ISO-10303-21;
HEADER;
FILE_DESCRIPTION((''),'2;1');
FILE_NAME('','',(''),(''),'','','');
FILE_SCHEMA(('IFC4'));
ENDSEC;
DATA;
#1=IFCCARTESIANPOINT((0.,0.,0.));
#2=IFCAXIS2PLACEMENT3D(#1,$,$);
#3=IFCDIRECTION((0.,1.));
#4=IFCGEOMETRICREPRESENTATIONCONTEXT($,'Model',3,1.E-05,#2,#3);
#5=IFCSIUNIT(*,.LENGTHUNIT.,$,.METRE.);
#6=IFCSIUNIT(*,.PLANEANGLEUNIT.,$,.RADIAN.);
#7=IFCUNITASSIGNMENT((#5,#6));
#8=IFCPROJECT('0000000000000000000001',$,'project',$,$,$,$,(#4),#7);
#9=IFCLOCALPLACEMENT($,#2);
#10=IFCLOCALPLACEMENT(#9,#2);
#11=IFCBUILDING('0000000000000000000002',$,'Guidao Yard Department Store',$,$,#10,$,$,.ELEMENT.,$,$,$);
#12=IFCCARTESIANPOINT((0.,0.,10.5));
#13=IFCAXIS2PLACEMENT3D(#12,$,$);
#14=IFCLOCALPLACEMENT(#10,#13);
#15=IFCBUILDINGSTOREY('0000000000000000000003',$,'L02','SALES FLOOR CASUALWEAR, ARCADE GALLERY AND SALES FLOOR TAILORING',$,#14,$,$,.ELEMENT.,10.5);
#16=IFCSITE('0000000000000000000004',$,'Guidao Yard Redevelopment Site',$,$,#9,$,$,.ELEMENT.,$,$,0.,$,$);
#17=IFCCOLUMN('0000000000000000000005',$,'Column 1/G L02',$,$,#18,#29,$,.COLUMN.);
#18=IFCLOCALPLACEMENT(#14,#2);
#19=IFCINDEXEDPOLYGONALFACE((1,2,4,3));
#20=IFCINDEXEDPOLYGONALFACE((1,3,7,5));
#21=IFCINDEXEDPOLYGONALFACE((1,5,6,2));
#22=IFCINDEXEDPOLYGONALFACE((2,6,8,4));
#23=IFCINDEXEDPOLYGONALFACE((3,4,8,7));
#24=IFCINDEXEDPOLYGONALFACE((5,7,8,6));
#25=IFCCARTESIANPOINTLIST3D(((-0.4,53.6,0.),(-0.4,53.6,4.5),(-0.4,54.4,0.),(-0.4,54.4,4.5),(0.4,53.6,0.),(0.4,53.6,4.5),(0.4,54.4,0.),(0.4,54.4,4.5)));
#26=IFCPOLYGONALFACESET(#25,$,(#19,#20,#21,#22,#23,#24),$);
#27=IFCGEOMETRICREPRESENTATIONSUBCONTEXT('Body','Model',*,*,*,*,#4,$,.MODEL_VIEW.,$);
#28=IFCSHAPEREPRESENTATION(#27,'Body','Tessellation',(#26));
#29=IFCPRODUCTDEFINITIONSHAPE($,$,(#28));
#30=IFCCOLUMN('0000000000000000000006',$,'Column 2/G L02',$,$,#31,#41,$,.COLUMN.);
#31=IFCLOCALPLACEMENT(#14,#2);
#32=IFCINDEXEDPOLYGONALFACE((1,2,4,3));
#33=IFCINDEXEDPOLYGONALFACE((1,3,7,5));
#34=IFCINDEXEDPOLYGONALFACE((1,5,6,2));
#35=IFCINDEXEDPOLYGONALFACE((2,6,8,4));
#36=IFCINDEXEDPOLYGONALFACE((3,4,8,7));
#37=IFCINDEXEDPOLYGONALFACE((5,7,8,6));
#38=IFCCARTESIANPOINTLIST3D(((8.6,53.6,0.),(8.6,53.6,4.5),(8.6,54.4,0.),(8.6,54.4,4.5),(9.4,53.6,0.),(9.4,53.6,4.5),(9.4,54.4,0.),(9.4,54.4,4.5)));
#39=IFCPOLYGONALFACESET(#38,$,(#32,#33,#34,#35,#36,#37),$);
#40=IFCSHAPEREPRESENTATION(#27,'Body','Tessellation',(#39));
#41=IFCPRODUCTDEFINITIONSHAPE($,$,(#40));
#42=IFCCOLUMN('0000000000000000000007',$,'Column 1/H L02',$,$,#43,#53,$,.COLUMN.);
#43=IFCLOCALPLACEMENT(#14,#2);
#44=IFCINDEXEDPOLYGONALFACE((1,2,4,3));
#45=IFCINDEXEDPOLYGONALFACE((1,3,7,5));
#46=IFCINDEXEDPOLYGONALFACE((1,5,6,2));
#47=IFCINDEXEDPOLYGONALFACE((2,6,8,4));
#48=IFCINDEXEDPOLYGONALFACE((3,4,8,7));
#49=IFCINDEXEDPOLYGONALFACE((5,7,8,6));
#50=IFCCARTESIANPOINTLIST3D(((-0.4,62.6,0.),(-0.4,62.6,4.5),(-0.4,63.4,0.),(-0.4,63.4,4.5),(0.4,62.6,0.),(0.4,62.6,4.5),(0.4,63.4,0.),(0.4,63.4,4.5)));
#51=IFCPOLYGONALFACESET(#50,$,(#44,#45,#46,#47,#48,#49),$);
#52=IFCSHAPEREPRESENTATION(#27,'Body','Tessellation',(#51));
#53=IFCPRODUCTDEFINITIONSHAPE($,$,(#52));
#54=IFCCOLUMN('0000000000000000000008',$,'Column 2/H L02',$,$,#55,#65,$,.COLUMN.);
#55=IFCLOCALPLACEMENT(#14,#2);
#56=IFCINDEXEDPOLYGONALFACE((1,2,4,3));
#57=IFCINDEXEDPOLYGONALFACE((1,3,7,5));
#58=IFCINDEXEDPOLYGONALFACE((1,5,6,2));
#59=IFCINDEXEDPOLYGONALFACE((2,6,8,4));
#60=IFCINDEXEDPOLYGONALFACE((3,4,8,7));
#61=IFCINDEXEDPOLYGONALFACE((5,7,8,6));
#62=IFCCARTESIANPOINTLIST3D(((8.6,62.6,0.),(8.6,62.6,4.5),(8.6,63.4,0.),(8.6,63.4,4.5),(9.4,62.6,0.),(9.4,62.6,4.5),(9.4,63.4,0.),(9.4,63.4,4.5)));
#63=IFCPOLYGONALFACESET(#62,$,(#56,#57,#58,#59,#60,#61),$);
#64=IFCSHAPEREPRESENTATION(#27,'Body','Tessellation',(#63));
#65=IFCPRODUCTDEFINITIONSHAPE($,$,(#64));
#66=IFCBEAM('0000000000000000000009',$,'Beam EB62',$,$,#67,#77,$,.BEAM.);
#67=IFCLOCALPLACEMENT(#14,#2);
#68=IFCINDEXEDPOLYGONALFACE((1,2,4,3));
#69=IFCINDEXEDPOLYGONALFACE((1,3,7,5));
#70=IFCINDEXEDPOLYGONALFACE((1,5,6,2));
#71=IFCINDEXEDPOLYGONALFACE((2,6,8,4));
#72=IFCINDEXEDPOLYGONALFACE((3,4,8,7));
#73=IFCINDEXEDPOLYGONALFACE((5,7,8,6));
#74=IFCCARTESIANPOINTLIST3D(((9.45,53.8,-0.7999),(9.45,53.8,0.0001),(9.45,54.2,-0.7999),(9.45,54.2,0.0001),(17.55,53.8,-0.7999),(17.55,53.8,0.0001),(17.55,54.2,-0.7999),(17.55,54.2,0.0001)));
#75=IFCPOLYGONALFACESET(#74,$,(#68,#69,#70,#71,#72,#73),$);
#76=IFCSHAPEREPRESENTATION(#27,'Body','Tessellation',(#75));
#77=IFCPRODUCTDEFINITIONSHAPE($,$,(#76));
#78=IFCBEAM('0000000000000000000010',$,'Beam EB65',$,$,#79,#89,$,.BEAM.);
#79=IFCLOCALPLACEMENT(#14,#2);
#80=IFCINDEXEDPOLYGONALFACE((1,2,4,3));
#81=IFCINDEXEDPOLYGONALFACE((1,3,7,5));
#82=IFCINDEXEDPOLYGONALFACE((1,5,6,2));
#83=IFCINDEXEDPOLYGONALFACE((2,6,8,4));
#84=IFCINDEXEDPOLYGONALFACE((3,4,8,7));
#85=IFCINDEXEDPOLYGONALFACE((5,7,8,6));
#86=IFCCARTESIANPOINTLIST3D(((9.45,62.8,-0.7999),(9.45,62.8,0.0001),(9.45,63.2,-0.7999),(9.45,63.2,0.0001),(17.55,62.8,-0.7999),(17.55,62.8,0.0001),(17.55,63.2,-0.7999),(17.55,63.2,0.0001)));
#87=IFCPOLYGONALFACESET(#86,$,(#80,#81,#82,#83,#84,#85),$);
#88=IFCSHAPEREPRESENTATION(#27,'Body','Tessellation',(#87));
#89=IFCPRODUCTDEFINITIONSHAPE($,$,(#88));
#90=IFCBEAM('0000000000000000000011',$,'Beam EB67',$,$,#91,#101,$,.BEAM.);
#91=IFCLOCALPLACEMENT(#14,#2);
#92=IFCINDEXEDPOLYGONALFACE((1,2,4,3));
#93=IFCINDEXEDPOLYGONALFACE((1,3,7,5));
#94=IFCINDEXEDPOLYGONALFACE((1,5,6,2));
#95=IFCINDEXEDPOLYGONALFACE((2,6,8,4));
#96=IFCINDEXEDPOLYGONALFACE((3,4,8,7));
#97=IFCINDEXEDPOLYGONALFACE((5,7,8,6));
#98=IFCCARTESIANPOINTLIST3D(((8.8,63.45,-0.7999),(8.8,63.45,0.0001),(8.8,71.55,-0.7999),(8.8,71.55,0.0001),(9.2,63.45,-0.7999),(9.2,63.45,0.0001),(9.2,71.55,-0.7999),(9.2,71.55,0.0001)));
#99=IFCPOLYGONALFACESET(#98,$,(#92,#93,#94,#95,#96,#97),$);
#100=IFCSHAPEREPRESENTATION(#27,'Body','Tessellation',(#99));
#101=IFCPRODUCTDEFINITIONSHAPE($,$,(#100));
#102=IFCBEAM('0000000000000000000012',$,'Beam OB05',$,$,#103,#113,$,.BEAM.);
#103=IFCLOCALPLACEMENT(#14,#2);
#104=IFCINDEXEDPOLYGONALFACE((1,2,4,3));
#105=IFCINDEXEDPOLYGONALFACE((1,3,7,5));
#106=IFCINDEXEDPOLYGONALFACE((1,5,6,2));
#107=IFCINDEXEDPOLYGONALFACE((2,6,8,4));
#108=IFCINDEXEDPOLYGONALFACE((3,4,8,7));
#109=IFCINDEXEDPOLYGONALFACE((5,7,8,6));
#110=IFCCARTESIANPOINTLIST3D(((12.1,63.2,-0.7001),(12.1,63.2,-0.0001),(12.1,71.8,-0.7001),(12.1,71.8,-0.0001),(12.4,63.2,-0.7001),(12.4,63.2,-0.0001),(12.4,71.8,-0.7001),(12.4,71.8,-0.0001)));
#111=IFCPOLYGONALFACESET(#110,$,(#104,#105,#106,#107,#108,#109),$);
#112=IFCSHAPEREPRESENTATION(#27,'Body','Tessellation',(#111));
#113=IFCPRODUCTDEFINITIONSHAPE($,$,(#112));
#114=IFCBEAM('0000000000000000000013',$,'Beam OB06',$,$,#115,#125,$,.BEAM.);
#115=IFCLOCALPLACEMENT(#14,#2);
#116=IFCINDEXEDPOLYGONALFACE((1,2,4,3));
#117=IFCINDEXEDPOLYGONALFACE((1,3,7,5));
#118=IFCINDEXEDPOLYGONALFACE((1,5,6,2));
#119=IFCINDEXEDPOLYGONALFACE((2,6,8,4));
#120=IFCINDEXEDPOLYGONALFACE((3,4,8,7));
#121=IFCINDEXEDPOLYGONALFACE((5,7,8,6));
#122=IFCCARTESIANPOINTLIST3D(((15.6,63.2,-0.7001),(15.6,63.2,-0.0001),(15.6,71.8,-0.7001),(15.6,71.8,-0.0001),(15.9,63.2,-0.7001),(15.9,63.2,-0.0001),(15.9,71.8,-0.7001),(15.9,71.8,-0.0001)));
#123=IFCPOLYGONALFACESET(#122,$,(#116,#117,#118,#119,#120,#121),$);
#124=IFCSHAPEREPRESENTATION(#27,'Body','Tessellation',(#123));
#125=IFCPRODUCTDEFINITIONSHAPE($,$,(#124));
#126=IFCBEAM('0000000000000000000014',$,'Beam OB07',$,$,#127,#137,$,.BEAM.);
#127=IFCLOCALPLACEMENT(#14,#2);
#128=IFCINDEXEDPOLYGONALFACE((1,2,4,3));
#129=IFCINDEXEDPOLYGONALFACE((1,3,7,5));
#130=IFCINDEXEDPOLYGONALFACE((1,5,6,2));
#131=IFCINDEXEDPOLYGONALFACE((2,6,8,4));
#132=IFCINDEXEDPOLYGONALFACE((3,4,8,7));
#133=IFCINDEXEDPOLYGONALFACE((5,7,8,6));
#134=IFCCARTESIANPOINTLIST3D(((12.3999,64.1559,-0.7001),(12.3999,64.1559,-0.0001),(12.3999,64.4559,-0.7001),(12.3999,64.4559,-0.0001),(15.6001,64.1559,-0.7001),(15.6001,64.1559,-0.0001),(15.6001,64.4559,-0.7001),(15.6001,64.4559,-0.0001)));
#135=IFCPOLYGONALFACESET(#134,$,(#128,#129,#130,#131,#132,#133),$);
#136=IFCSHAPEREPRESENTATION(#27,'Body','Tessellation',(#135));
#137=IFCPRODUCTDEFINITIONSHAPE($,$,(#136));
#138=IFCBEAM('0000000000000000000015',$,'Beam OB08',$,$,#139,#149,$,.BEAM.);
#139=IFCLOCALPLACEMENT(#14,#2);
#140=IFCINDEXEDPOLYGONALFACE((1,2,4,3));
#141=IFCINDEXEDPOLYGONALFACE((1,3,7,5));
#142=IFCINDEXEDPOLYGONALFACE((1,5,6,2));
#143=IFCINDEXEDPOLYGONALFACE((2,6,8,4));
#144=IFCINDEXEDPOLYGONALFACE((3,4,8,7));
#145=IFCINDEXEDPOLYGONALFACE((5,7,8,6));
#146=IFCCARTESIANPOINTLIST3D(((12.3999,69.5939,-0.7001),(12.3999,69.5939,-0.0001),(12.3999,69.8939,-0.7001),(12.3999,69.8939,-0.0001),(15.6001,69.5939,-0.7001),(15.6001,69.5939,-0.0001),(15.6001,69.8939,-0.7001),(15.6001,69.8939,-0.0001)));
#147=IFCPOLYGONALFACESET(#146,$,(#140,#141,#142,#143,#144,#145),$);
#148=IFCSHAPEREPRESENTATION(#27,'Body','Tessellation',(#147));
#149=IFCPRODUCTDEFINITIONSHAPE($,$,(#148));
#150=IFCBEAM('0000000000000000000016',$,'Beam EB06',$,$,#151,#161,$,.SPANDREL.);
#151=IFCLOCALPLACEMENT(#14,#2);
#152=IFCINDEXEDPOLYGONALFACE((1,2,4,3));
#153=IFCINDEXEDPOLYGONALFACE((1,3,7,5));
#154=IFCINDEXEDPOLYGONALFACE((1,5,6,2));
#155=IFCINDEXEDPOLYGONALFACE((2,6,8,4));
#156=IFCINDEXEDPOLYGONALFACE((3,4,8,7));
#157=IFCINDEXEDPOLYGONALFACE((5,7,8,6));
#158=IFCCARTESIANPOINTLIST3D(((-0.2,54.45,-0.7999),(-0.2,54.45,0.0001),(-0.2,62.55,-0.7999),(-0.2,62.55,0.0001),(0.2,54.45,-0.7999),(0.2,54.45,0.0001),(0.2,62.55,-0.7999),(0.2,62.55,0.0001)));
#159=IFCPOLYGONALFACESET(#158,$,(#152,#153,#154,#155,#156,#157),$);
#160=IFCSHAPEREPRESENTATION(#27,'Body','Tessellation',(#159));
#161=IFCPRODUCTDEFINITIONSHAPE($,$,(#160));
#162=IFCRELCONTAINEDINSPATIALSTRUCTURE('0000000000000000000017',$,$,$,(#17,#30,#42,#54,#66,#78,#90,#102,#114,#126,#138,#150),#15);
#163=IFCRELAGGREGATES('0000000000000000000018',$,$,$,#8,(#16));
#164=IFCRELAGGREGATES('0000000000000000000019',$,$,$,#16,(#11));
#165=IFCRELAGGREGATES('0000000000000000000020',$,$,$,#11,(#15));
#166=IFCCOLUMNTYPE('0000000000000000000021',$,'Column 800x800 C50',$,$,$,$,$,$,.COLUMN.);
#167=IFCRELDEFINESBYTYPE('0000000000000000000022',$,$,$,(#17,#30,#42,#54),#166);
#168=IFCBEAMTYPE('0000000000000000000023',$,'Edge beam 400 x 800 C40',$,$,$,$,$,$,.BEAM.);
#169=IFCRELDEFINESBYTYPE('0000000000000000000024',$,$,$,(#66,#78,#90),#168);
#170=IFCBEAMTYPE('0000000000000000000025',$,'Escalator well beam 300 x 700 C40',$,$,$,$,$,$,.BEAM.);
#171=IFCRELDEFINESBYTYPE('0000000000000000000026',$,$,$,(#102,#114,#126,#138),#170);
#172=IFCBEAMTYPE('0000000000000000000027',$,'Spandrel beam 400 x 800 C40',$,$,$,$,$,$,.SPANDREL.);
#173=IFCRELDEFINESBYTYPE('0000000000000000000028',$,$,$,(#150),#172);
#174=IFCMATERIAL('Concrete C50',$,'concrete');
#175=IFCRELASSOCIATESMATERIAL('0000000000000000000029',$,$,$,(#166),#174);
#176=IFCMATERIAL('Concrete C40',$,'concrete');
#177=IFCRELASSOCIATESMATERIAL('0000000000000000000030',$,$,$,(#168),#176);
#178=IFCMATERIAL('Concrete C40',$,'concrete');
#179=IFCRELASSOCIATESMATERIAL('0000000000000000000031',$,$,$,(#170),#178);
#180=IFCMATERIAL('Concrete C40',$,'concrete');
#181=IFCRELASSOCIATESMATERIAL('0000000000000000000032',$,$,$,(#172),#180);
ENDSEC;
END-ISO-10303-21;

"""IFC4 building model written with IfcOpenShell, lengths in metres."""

from ifc_helpers import new_model, si_unit, direction, frame, origin, origin_2d, place, context, subcontext, project, spatial, rectangle, extrude, material, material_profile, profile_set, type_object, element, save


model = new_model("IFC4")

# Units and contexts
model_context = context("Model", 3, precision=1e-05, world=origin(), true_north=direction((0.0, 1.0)))
body_context = subcontext(model_context, "Body", "Model", "MODEL_VIEW")
ifc_project = project(units=[si_unit("LENGTHUNIT", "METRE"), si_unit("PLANEANGLEUNIT", "RADIAN")], contexts=[model_context])

# Site, building, storey
site_placement = place(None, origin())
site = spatial("IfcSite", under=ifc_project, at=site_placement, Name="Guidao Yard Redevelopment Site", CompositionType="ELEMENT", RefElevation=0.0)
building_placement = place(site_placement, origin())
building = spatial("IfcBuilding", under=site, at=building_placement, Name="Guidao Yard Department Store", CompositionType="ELEMENT")
storey_placement = place(building_placement, frame((0.0, 0.0, 10.5)))
storey = spatial("IfcBuildingStorey", under=building, at=storey_placement, Name="L02", Description="SALES FLOOR CASUALWEAR, ARCADE GALLERY AND SALES FLOOR TAILORING", CompositionType="ELEMENT", Elevation=10.5)

# Columns
ifc_material_1 = material(Name="Concrete C50", Category="concrete")
ifc_material_profile_1 = material_profile(ifc_material_1, rectangle(XDim=0.8, YDim=0.8, at=origin_2d()), Name="COL 800x800")
ifc_profile_set_1 = profile_set([ifc_material_profile_1], Name="Concrete C50")
column_type = type_object("IfcColumnType", Name="Column 800x800 C50", PredefinedType="COLUMN", material=ifc_profile_set_1)
for number, where, z_axis, x_axis, name in (
    (1, (0.0, 54.0, 0.0), (0.0, 0.0, 1.0), (1.0, 0.0, 0.0), "Column 1/G L02"),
    (2, (9.0, 54.0, 0.0), (0.0, 0.0, 1.0), (1.0, 0.0, 0.0), "Column 2/G L02"),
    (3, (0.0, 63.0, 0.0), (0.0, 0.0, 1.0), (1.0, 0.0, 0.0), "Column 1/H L02"),
    (4, (9.0, 63.0, 0.0), (0.0, 0.0, 1.0), (1.0, 0.0, 0.0), "Column 2/H L02"),
):
    element("IfcColumn", number, at=place(storey_placement, frame(where, z_axis=z_axis, x_axis=x_axis)), inside=storey, type_object=column_type, Name=name, PredefinedType="COLUMN", context=body_context, shape_type="SweptSolid", body=[
        extrude(rectangle(XDim=0.8, YDim=0.8, at=origin_2d()), origin(), (0.0, 0.0, 1.0), 4.5),
    ])

# Beams
ifc_material_2 = material(Name="Concrete C40", Category="concrete")
ifc_material_profile_2 = material_profile(ifc_material_2, rectangle(XDim=0.3999, YDim=0.8, at=origin_2d()), Name="Edge beam 400 x 800 C40")
ifc_profile_set_2 = profile_set([ifc_material_profile_2], Name="Concrete C40")
beam_type_1 = type_object("IfcBeamType", Name="Edge beam 400 x 800 C40", PredefinedType="BEAM", material=ifc_profile_set_2)
for number, where, z_axis, x_axis, name in (
    (5, (9.45, 54.0, -0.3999), (1.0, 0.0, 0.0), (0.0, 1.0, 0.0), "Beam EB62"),
    (6, (9.45, 63.0, -0.3999), (1.0, 0.0, 0.0), (0.0, 1.0, 0.0), "Beam EB65"),
    (7, (9.0, 63.45, -0.3999), (0.0, 1.0, 0.0), (-1.0, 0.0, 0.0), "Beam EB67"),
):
    element("IfcBeam", number, at=place(storey_placement, frame(where, z_axis=z_axis, x_axis=x_axis)), inside=storey, type_object=beam_type_1, Name=name, PredefinedType="BEAM", context=body_context, shape_type="SweptSolid", body=[
        extrude(rectangle(XDim=0.3999, YDim=0.8, at=origin_2d()), origin(), (0.0, 0.0, 1.0), 8.1001),
    ])
ifc_material_3 = material(Name="Concrete C40", Category="concrete")
ifc_material_profile_3 = material_profile(ifc_material_3, rectangle(XDim=0.3, YDim=0.7, at=origin_2d()), Name="Escalator well beam 300 x 700 C40")
ifc_profile_set_3 = profile_set([ifc_material_profile_3], Name="Concrete C40")
beam_type_2 = type_object("IfcBeamType", Name="Escalator well beam 300 x 700 C40", PredefinedType="BEAM", material=ifc_profile_set_3)
for number, where, z_axis, x_axis, name in (
    (8, (12.25, 63.2, -0.3501), (0.0, 1.0, 0.0), (-1.0, 0.0, 0.0), "Beam OB05"),
    (9, (15.75, 63.2, -0.3501), (0.0, 1.0, 0.0), (-1.0, 0.0, 0.0), "Beam OB06"),
):
    element("IfcBeam", number, at=place(storey_placement, frame(where, z_axis=z_axis, x_axis=x_axis)), inside=storey, type_object=beam_type_2, Name=name, PredefinedType="BEAM", context=body_context, shape_type="SweptSolid", body=[
        extrude(rectangle(XDim=0.3, YDim=0.7, at=origin_2d()), origin(), (0.0, 0.0, 1.0), 8.6001),
    ])
for number, where, z_axis, x_axis, name in (
    (10, (12.3999, 64.3059, -0.3501), (1.0, 0.0, 0.0), (0.0, 1.0, 0.0), "Beam OB07"),
    (11, (12.3999, 69.7439, -0.3501), (1.0, 0.0, 0.0), (0.0, 1.0, 0.0), "Beam OB08"),
):
    element("IfcBeam", number, at=place(storey_placement, frame(where, z_axis=z_axis, x_axis=x_axis)), inside=storey, type_object=beam_type_2, Name=name, PredefinedType="BEAM", context=body_context, shape_type="SweptSolid", body=[
        extrude(rectangle(XDim=0.3, YDim=0.7, at=origin_2d()), origin(), (0.0, 0.0, 1.0), 3.2002),
    ])
ifc_material_4 = material(Name="Concrete C40", Category="concrete")
ifc_material_profile_4 = material_profile(ifc_material_4, rectangle(XDim=0.3999, YDim=0.8, at=origin_2d()), Name="Spandrel beam 400 x 800 C40")
ifc_profile_set_4 = profile_set([ifc_material_profile_4], Name="Concrete C40")
beam_type_3 = type_object("IfcBeamType", Name="Spandrel beam 400 x 800 C40", PredefinedType="SPANDREL", material=ifc_profile_set_4)
beam_placement = place(storey_placement, frame((0.0, 54.45, -0.3999), z_axis=(0.0, 1.0, 0.0), x_axis=(-1.0, 0.0, 0.0)))
element("IfcBeam", 12, at=beam_placement, inside=storey, type_object=beam_type_3, Name="Beam EB06", PredefinedType="SPANDREL", context=body_context, shape_type="SweptSolid", body=[
    extrude(rectangle(XDim=0.3999, YDim=0.8, at=origin_2d()), origin(), (0.0, 0.0, 1.0), 8.1001),
])

save(model, "model.ifc")
